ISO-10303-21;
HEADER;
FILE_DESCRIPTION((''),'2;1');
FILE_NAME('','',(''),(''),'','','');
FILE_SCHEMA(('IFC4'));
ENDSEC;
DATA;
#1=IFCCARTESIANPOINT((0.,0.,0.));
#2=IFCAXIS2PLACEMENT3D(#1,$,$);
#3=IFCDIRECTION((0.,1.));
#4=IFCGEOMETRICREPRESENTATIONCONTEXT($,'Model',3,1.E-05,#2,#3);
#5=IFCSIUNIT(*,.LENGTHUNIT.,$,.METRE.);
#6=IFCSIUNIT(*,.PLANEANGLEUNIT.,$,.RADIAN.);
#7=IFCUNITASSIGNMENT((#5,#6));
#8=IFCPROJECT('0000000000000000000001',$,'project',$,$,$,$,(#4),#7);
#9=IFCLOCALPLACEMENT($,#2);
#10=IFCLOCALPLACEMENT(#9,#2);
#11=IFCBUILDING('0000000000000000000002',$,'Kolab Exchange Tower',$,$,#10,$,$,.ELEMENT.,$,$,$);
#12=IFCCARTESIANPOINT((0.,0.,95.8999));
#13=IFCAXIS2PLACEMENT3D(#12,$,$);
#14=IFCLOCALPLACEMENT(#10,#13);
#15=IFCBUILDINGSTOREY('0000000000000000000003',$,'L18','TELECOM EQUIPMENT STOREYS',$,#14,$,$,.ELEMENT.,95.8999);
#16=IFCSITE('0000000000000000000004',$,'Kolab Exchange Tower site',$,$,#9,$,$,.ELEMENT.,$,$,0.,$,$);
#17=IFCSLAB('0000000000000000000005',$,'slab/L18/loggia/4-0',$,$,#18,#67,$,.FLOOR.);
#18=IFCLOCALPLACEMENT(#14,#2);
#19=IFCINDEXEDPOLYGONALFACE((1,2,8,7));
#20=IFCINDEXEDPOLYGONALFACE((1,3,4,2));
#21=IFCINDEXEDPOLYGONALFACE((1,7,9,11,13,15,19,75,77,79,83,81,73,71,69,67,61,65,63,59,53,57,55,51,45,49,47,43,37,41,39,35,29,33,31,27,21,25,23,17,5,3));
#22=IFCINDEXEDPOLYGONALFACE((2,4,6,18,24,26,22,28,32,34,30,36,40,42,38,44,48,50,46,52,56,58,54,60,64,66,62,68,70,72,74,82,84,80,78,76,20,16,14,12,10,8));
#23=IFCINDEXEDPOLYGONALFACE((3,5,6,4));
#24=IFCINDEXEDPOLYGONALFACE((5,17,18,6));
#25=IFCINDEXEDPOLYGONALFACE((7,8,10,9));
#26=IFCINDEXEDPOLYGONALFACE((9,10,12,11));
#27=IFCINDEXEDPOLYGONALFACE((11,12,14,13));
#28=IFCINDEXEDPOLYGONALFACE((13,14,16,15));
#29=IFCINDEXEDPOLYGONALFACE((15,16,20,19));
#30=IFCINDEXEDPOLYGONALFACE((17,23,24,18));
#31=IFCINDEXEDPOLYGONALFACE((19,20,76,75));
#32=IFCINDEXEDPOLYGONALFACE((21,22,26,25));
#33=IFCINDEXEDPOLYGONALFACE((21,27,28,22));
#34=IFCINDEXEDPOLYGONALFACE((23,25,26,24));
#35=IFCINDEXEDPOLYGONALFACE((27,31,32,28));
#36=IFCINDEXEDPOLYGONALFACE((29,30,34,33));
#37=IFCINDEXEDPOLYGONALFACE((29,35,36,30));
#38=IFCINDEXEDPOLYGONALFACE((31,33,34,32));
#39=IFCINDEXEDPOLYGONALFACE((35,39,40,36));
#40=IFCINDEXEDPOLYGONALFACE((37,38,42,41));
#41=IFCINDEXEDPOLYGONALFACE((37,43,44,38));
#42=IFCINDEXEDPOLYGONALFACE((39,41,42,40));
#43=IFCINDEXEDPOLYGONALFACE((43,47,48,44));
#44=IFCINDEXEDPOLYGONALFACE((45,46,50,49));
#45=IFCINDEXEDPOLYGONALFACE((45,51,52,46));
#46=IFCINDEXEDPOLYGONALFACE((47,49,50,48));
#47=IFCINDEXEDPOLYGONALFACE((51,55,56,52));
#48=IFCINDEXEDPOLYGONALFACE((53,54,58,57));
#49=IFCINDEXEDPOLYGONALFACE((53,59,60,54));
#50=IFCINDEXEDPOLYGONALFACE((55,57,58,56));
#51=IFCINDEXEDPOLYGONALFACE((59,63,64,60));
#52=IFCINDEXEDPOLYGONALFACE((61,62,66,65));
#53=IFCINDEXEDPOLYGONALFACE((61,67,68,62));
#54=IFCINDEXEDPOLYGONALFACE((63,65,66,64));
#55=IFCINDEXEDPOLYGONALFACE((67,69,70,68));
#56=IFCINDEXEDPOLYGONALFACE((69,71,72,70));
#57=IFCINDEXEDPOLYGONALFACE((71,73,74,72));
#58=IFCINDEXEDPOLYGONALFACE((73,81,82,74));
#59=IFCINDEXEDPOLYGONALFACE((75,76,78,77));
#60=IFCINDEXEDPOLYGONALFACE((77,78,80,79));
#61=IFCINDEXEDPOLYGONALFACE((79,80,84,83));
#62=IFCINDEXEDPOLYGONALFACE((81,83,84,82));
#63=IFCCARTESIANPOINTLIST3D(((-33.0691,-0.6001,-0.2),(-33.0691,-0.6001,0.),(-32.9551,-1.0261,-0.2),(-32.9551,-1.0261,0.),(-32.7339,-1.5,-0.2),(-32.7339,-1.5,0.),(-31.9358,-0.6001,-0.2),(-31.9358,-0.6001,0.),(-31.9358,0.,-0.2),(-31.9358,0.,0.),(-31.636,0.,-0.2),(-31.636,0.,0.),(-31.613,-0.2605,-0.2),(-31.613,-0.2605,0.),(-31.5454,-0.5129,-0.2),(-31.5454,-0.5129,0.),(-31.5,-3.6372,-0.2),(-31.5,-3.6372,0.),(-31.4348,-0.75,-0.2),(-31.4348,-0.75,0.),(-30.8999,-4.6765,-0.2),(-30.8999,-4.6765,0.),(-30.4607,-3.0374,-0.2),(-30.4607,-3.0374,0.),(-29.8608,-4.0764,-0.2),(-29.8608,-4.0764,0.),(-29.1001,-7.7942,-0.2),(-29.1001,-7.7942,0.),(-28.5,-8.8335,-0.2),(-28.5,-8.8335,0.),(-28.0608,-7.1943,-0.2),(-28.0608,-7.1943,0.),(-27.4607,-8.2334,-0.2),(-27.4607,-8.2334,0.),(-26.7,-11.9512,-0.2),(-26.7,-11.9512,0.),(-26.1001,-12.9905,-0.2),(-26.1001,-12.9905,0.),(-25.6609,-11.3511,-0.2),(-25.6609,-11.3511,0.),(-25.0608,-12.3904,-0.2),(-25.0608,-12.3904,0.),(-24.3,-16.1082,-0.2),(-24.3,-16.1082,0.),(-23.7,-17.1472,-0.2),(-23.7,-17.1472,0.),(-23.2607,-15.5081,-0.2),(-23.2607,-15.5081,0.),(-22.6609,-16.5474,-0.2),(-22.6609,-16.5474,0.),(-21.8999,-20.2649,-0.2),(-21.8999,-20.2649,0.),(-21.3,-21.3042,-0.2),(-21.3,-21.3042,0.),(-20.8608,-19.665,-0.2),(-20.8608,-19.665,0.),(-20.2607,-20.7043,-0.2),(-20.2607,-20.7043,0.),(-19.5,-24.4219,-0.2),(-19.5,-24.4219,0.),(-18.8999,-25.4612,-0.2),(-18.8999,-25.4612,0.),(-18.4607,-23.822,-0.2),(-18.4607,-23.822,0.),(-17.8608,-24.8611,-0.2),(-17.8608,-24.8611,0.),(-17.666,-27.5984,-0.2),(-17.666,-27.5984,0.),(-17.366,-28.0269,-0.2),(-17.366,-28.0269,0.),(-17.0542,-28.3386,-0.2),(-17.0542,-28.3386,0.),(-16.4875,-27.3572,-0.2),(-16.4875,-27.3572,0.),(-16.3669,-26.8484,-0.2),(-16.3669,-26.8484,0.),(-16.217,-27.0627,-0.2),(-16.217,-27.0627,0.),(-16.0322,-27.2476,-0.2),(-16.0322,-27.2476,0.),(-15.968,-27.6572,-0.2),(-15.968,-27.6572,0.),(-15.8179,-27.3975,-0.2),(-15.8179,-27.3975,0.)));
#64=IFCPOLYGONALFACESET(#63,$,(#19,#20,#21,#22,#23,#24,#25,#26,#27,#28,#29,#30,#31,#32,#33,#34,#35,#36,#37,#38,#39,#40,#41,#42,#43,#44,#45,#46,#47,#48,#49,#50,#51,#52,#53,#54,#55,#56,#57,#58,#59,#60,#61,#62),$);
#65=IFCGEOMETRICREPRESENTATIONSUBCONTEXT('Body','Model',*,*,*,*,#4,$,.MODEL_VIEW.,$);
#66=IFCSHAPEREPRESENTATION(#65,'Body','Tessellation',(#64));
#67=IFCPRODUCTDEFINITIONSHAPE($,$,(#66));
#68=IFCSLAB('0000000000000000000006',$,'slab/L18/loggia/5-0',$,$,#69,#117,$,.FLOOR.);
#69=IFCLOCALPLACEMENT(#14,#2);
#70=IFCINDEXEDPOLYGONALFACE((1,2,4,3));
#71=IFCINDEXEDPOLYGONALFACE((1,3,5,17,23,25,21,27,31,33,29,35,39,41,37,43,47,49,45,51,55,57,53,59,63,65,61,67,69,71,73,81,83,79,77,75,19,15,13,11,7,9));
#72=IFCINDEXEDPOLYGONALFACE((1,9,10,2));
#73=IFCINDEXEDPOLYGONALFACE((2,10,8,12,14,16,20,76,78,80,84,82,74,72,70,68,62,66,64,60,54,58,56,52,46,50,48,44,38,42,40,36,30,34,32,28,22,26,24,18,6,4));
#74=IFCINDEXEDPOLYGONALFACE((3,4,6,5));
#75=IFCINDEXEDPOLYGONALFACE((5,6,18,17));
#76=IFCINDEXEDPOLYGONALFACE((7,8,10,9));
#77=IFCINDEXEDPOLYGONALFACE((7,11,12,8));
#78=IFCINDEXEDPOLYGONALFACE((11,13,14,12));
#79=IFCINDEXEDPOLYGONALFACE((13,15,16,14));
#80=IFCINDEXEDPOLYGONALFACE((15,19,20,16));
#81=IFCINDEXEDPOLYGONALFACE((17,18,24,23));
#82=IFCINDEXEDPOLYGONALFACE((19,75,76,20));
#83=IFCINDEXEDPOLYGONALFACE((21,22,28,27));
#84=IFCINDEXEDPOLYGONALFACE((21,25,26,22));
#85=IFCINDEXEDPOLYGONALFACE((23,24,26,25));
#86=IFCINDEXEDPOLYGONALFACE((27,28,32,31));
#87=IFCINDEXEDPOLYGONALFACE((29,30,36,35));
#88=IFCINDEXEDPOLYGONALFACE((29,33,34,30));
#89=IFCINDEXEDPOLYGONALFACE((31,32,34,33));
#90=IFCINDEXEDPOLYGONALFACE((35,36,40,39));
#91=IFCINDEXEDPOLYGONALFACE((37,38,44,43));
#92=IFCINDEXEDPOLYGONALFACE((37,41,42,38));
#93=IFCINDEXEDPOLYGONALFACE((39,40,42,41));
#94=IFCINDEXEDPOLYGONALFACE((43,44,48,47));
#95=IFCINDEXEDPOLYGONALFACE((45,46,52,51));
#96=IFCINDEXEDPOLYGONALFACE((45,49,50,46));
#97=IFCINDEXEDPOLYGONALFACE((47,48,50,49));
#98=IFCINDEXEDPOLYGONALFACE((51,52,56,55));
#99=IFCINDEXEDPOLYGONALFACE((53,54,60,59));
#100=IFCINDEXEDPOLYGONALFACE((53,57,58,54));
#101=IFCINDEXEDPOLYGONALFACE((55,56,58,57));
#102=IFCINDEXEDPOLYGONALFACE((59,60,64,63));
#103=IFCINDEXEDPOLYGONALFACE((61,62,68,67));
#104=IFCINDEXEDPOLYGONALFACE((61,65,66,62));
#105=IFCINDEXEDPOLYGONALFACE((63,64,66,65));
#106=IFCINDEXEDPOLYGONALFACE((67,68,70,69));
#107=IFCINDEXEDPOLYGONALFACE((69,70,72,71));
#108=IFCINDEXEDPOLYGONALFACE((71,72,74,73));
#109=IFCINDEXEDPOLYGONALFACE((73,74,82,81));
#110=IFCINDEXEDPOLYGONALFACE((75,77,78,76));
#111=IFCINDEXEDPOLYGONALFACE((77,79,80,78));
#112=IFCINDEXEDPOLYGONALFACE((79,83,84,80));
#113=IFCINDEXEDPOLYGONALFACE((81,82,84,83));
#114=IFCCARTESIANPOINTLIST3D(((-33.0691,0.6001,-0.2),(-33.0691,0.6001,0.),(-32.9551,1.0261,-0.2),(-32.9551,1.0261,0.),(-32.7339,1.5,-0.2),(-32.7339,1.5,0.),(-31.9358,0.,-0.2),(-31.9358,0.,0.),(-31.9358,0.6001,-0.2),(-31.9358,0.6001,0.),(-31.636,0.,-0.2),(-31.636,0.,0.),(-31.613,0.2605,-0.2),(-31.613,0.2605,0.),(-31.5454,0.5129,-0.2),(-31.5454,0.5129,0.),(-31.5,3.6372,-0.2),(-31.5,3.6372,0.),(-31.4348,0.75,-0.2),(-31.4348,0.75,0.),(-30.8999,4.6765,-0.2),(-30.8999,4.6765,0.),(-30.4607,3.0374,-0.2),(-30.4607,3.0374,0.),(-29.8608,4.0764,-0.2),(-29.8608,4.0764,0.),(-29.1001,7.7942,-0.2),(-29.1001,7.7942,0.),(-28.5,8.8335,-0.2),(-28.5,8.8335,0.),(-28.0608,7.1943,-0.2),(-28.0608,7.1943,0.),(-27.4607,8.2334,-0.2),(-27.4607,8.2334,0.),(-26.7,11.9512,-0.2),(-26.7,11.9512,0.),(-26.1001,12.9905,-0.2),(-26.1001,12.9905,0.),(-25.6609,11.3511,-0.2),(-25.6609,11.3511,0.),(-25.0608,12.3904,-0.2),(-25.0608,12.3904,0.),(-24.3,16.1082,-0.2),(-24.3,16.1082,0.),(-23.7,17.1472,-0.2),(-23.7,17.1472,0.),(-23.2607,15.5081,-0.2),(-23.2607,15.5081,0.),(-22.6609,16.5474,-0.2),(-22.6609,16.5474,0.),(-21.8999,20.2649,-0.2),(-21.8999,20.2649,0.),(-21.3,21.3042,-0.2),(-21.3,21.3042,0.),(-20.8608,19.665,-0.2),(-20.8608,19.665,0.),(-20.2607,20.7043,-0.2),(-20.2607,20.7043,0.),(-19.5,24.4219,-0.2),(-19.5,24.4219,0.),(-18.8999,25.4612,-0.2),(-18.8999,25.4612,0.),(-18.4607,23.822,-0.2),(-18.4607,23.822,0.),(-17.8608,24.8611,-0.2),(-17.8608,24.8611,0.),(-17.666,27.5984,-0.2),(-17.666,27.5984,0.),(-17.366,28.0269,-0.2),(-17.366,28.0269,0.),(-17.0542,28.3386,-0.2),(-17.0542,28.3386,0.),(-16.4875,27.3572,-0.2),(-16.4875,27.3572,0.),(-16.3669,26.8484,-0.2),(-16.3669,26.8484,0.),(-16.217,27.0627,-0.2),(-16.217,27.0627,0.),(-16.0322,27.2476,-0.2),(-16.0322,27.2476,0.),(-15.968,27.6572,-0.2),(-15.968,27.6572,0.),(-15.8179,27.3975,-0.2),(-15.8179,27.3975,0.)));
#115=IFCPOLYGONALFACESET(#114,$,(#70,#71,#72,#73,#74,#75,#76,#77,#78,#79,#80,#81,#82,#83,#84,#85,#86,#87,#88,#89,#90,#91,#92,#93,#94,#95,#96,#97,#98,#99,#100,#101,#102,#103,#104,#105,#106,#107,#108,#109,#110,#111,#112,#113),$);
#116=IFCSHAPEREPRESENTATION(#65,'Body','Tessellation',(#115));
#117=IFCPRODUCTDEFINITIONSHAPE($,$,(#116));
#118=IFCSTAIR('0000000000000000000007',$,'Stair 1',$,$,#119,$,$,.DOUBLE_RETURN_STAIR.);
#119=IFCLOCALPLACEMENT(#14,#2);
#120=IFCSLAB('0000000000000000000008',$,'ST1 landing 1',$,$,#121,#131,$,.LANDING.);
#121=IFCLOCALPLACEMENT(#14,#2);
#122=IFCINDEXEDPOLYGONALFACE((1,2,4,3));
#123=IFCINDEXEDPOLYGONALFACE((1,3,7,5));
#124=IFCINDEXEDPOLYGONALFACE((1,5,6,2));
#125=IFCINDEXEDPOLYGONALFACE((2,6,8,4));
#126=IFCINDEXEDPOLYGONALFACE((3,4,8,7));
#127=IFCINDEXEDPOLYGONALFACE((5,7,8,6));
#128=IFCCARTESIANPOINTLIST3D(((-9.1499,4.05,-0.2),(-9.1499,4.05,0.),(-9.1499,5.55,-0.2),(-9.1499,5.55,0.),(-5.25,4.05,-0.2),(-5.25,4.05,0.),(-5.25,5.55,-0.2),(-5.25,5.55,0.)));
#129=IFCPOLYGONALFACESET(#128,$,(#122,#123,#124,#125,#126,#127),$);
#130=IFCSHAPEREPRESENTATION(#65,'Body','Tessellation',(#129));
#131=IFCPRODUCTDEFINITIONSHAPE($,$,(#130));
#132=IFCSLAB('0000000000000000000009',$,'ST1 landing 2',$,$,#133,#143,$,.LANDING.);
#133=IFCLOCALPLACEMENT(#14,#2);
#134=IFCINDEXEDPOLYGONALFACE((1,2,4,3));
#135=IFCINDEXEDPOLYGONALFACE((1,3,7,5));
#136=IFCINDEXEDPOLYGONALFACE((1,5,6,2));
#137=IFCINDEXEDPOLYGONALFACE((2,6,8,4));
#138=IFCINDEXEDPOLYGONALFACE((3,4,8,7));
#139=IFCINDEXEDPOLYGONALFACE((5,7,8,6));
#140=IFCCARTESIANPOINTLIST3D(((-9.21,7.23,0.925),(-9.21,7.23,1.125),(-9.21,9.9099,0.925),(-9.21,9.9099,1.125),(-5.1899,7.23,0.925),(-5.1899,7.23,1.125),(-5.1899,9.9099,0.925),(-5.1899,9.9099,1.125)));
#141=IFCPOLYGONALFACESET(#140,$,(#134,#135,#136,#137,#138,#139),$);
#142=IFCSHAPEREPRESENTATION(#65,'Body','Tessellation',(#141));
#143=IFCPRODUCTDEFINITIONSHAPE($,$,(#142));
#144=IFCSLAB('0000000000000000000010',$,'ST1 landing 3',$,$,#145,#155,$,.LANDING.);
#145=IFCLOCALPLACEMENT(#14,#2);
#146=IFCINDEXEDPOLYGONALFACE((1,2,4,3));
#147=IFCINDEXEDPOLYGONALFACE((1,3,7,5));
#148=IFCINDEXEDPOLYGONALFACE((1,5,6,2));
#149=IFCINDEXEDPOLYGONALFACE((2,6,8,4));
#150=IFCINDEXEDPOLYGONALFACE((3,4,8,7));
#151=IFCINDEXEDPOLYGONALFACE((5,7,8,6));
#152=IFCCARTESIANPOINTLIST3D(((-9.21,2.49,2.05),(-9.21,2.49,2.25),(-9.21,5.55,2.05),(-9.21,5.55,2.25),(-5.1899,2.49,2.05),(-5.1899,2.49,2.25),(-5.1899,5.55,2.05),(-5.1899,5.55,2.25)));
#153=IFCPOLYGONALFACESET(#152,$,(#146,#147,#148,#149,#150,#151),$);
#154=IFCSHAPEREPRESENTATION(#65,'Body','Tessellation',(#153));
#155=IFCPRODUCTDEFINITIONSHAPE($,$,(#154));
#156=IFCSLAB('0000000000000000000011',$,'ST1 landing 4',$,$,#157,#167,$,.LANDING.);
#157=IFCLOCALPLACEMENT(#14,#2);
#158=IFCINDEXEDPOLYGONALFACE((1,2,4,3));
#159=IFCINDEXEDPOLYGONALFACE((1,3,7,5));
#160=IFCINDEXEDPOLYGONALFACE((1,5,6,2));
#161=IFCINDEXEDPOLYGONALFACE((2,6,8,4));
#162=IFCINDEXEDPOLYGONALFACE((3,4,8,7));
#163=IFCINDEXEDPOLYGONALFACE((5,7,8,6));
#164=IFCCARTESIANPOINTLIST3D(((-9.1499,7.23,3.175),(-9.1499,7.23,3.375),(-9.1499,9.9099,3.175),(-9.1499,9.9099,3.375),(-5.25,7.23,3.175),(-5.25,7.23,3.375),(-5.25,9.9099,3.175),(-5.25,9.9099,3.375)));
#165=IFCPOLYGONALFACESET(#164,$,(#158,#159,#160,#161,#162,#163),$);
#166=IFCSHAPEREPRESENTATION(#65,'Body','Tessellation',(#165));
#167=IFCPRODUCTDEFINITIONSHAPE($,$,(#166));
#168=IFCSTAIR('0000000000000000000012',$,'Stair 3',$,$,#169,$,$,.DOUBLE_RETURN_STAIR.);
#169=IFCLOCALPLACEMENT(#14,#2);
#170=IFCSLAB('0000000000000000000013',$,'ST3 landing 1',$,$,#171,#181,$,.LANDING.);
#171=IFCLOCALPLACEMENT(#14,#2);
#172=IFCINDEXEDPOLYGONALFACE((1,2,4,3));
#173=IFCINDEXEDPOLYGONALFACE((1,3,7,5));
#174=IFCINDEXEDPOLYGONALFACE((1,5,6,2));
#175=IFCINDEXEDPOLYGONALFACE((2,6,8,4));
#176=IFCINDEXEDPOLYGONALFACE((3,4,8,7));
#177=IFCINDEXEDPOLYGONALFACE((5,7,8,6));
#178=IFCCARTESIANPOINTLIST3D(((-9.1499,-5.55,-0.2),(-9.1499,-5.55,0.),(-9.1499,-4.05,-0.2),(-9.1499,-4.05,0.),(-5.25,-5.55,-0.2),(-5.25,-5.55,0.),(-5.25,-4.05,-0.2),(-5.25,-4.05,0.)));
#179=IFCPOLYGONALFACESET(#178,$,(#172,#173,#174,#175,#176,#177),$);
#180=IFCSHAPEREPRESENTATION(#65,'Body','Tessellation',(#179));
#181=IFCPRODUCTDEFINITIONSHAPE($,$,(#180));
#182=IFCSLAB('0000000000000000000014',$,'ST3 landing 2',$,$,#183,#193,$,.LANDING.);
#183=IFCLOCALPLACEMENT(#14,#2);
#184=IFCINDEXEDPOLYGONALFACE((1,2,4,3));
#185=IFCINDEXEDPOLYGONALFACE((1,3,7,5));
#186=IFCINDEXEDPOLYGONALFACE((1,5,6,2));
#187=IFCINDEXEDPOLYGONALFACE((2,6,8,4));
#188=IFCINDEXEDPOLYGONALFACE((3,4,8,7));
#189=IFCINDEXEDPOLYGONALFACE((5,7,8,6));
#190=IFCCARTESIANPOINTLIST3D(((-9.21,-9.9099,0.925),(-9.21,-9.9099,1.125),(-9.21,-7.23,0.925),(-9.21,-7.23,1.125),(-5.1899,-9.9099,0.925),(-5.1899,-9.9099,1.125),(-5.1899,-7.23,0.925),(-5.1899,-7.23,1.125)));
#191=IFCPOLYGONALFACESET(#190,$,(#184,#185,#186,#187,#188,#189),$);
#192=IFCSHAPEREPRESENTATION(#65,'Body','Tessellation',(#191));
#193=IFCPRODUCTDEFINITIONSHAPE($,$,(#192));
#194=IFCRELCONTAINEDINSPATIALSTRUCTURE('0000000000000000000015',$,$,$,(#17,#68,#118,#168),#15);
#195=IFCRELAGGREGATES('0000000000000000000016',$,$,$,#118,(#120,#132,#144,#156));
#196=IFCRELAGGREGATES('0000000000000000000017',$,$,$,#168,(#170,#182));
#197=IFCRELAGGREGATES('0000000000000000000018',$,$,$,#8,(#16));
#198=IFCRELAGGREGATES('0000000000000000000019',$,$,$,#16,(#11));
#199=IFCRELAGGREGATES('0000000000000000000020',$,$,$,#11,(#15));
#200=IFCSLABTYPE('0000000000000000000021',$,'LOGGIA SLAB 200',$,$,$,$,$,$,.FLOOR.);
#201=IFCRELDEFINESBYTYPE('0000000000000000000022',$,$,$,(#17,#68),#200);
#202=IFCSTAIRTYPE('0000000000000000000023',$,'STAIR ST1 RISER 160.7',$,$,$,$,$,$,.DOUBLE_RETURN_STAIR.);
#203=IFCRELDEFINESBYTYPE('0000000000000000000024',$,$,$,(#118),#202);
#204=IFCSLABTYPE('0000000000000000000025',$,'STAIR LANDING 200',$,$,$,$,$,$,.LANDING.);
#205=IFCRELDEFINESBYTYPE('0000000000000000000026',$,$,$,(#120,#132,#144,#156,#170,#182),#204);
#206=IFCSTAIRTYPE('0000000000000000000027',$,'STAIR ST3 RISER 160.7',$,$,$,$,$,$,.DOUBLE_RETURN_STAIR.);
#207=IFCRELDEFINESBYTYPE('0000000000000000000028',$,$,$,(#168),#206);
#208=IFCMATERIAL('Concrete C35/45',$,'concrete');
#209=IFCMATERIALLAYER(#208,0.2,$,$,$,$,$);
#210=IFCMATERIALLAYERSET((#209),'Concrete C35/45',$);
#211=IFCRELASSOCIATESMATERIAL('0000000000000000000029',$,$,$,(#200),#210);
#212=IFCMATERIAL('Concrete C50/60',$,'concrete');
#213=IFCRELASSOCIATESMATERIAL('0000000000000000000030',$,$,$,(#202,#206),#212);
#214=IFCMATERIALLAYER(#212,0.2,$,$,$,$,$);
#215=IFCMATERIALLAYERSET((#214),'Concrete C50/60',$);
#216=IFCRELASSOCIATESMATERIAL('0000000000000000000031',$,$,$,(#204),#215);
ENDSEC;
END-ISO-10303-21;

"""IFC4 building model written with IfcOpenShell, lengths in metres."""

from ifc_helpers import new_model, si_unit, direction, frame, origin, place, context, subcontext, project, spatial, polyline, outline, extrude, material, layer, layer_set, type_object, element, aggregate, save


model = new_model("IFC4")

# Units and contexts
model_context = context("Model", 3, precision=1e-05, world=origin(), true_north=direction((0.0, 1.0)))
body_context = subcontext(model_context, "Body", "Model", "MODEL_VIEW")
ifc_project = project(units=[si_unit("LENGTHUNIT", "METRE"), si_unit("PLANEANGLEUNIT", "RADIAN")], contexts=[model_context])

# Site, building, storey
site_placement = place(None, origin())
site = spatial("IfcSite", under=ifc_project, at=site_placement, Name="Kolab Exchange Tower site", CompositionType="ELEMENT", RefElevation=0.0)
building_placement = place(site_placement, origin())
building = spatial("IfcBuilding", under=site, at=building_placement, Name="Kolab Exchange Tower", CompositionType="ELEMENT")
storey_placement = place(building_placement, frame((0.0, 0.0, 95.8999)))
storey = spatial("IfcBuildingStorey", under=building, at=storey_placement, Name="L18", Description="TELECOM EQUIPMENT STOREYS", CompositionType="ELEMENT", Elevation=95.8999)

# Slabs
ifc_material_1 = material(Name="Concrete C35/45", Category="concrete")
ifc_layer_1 = layer(ifc_material_1, 0.2)
ifc_layer_set_1 = layer_set([ifc_layer_1], Name="Concrete C35/45")
slab_type_1 = type_object("IfcSlabType", Name="LOGGIA SLAB 200", PredefinedType="FLOOR", material=ifc_layer_set_1)
slab_1_placement = place(storey_placement, frame((0.0, 0.0, -0.2)))
element("IfcSlab", 1, at=slab_1_placement, inside=storey, type_object=slab_type_1, Name="slab/L18/loggia/4-0", PredefinedType="FLOOR", context=body_context, shape_type="SweptSolid", body=[
    extrude(outline(polyline([(-31.636, 0.0), (-31.9358, 0.0), (-31.9358, -0.6001), (-33.0691, -0.6001), (-32.9551, -1.0261), (-32.7339, -1.5), (-31.5, -3.6372), (-30.4607, -3.0374), (-29.8608, -4.0764), (-30.8999, -4.6765), (-29.1001, -7.7942), (-28.0608, -7.1943), (-27.4607, -8.2334), (-28.5, -8.8335), (-26.7, -11.9512), (-25.6609, -11.3511), (-25.0608, -12.3904), (-26.1001, -12.9905), (-24.3, -16.1082), (-23.2607, -15.5081), (-22.6609, -16.5474), (-23.7, -17.1472), (-21.8999, -20.2649), (-20.8608, -19.665), (-20.2607, -20.7043), (-21.3, -21.3042), (-19.5, -24.4219), (-18.4607, -23.822), (-17.8608, -24.8611), (-18.8999, -25.4612), (-17.666, -27.5984), (-17.366, -28.0269), (-17.0542, -28.3386), (-16.4875, -27.3572), (-15.968, -27.6572), (-15.8179, -27.3975), (-16.0322, -27.2476), (-16.217, -27.0627), (-16.3669, -26.8484), (-31.4348, -0.75), (-31.5454, -0.5129), (-31.613, -0.2605), (-31.636, 0.0)])), origin(), (0.0, 0.0, 1.0), 0.2),
])
slab_2_placement = place(storey_placement, frame((0.0, 0.0, -0.2)))
element("IfcSlab", 2, at=slab_2_placement, inside=storey, type_object=slab_type_1, Name="slab/L18/loggia/5-0", PredefinedType="FLOOR", context=body_context, shape_type="SweptSolid", body=[
    extrude(outline(polyline([(-15.8179, 27.3975), (-15.968, 27.6572), (-16.4875, 27.3572), (-17.0542, 28.3386), (-17.366, 28.0269), (-17.666, 27.5984), (-18.8999, 25.4612), (-17.8608, 24.8611), (-18.4607, 23.822), (-19.5, 24.4219), (-21.3, 21.3042), (-20.2607, 20.7043), (-20.8608, 19.665), (-21.8999, 20.2649), (-23.7, 17.1472), (-22.6609, 16.5474), (-23.2607, 15.5081), (-24.3, 16.1082), (-26.1001, 12.9905), (-25.0608, 12.3904), (-25.6609, 11.3511), (-26.7, 11.9512), (-28.5, 8.8335), (-27.4607, 8.2334), (-28.0608, 7.1943), (-29.1001, 7.7942), (-30.8999, 4.6765), (-29.8608, 4.0764), (-30.4607, 3.0374), (-31.5, 3.6372), (-32.7339, 1.5), (-32.9551, 1.0261), (-33.0691, 0.6001), (-31.9358, 0.6001), (-31.9358, 0.0), (-31.636, 0.0), (-31.613, 0.2605), (-31.5454, 0.5129), (-31.4348, 0.75), (-16.3669, 26.8484), (-16.217, 27.0627), (-16.0322, 27.2476), (-15.8179, 27.3975)])), origin(), (0.0, 0.0, 1.0), 0.2),
])

# Stairs, slabs
ifc_material_2 = material(Name="Concrete C50/60", Category="concrete")
stair_type_1 = type_object("IfcStairType", Name="STAIR ST1 RISER 160.7", PredefinedType="DOUBLE_RETURN_STAIR", material=ifc_material_2)
stair_1_placement = place(storey_placement, origin())
stair_1 = element("IfcStair", 3, at=stair_1_placement, inside=storey, type_object=stair_type_1, Name="Stair 1", PredefinedType="DOUBLE_RETURN_STAIR")
ifc_layer_2 = layer(ifc_material_2, 0.2)
ifc_layer_set_2 = layer_set([ifc_layer_2], Name="Concrete C50/60")
slab_type_2 = type_object("IfcSlabType", Name="STAIR LANDING 200", PredefinedType="LANDING", material=ifc_layer_set_2)
slab_3_placement = place(storey_placement, frame((0.0, 0.0, -0.2)))
slab_3 = element("IfcSlab", 4, at=slab_3_placement, type_object=slab_type_2, Name="ST1 landing 1", PredefinedType="LANDING", context=body_context, shape_type="SweptSolid", body=[
    extrude(outline(polyline([(-9.1499, 4.05), (-5.25, 4.05), (-5.25, 5.55), (-9.1499, 5.55), (-9.1499, 4.05)])), origin(), (0.0, 0.0, 1.0), 0.2),
])
slab_4_placement = place(storey_placement, frame((0.0, 0.0, 0.925)))
slab_4 = element("IfcSlab", 5, at=slab_4_placement, type_object=slab_type_2, Name="ST1 landing 2", PredefinedType="LANDING", context=body_context, shape_type="SweptSolid", body=[
    extrude(outline(polyline([(-9.21, 7.23), (-5.1899, 7.23), (-5.1899, 9.9099), (-9.21, 9.9099), (-9.21, 7.23)])), origin(), (0.0, 0.0, 1.0), 0.2),
])
slab_5_placement = place(storey_placement, frame((0.0, 0.0, 2.05)))
slab_5 = element("IfcSlab", 6, at=slab_5_placement, type_object=slab_type_2, Name="ST1 landing 3", PredefinedType="LANDING", context=body_context, shape_type="SweptSolid", body=[
    extrude(outline(polyline([(-9.21, 2.49), (-5.1899, 2.49), (-5.1899, 5.55), (-9.21, 5.55), (-9.21, 2.49)])), origin(), (0.0, 0.0, 1.0), 0.2),
])
slab_6_placement = place(storey_placement, frame((0.0, 0.0, 3.175)))
slab_6 = element("IfcSlab", 7, at=slab_6_placement, type_object=slab_type_2, Name="ST1 landing 4", PredefinedType="LANDING", context=body_context, shape_type="SweptSolid", body=[
    extrude(outline(polyline([(-9.1499, 7.23), (-5.25, 7.23), (-5.25, 9.9099), (-9.1499, 9.9099), (-9.1499, 7.23)])), origin(), (0.0, 0.0, 1.0), 0.2),
])
aggregate(stair_1, [slab_3, slab_4, slab_5, slab_6])
stair_type_2 = type_object("IfcStairType", Name="STAIR ST3 RISER 160.7", PredefinedType="DOUBLE_RETURN_STAIR", material=ifc_material_2)
stair_2_placement = place(storey_placement, origin())
stair_2 = element("IfcStair", 8, at=stair_2_placement, inside=storey, type_object=stair_type_2, Name="Stair 3", PredefinedType="DOUBLE_RETURN_STAIR")
slab_7_placement = place(storey_placement, frame((0.0, 0.0, -0.2)))
slab_7 = element("IfcSlab", 9, at=slab_7_placement, type_object=slab_type_2, Name="ST3 landing 1", PredefinedType="LANDING", context=body_context, shape_type="SweptSolid", body=[
    extrude(outline(polyline([(-9.1499, -5.55), (-5.25, -5.55), (-5.25, -4.05), (-9.1499, -4.05), (-9.1499, -5.55)])), origin(), (0.0, 0.0, 1.0), 0.2),
])
slab_8_placement = place(storey_placement, frame((0.0, 0.0, 0.925)))
slab_8 = element("IfcSlab", 10, at=slab_8_placement, type_object=slab_type_2, Name="ST3 landing 2", PredefinedType="LANDING", context=body_context, shape_type="SweptSolid", body=[
    extrude(outline(polyline([(-9.21, -9.9099), (-5.1899, -9.9099), (-5.1899, -7.23), (-9.21, -7.23), (-9.21, -9.9099)])), origin(), (0.0, 0.0, 1.0), 0.2),
])
aggregate(stair_2, [slab_7, slab_8])

save(model, "model.ifc")
